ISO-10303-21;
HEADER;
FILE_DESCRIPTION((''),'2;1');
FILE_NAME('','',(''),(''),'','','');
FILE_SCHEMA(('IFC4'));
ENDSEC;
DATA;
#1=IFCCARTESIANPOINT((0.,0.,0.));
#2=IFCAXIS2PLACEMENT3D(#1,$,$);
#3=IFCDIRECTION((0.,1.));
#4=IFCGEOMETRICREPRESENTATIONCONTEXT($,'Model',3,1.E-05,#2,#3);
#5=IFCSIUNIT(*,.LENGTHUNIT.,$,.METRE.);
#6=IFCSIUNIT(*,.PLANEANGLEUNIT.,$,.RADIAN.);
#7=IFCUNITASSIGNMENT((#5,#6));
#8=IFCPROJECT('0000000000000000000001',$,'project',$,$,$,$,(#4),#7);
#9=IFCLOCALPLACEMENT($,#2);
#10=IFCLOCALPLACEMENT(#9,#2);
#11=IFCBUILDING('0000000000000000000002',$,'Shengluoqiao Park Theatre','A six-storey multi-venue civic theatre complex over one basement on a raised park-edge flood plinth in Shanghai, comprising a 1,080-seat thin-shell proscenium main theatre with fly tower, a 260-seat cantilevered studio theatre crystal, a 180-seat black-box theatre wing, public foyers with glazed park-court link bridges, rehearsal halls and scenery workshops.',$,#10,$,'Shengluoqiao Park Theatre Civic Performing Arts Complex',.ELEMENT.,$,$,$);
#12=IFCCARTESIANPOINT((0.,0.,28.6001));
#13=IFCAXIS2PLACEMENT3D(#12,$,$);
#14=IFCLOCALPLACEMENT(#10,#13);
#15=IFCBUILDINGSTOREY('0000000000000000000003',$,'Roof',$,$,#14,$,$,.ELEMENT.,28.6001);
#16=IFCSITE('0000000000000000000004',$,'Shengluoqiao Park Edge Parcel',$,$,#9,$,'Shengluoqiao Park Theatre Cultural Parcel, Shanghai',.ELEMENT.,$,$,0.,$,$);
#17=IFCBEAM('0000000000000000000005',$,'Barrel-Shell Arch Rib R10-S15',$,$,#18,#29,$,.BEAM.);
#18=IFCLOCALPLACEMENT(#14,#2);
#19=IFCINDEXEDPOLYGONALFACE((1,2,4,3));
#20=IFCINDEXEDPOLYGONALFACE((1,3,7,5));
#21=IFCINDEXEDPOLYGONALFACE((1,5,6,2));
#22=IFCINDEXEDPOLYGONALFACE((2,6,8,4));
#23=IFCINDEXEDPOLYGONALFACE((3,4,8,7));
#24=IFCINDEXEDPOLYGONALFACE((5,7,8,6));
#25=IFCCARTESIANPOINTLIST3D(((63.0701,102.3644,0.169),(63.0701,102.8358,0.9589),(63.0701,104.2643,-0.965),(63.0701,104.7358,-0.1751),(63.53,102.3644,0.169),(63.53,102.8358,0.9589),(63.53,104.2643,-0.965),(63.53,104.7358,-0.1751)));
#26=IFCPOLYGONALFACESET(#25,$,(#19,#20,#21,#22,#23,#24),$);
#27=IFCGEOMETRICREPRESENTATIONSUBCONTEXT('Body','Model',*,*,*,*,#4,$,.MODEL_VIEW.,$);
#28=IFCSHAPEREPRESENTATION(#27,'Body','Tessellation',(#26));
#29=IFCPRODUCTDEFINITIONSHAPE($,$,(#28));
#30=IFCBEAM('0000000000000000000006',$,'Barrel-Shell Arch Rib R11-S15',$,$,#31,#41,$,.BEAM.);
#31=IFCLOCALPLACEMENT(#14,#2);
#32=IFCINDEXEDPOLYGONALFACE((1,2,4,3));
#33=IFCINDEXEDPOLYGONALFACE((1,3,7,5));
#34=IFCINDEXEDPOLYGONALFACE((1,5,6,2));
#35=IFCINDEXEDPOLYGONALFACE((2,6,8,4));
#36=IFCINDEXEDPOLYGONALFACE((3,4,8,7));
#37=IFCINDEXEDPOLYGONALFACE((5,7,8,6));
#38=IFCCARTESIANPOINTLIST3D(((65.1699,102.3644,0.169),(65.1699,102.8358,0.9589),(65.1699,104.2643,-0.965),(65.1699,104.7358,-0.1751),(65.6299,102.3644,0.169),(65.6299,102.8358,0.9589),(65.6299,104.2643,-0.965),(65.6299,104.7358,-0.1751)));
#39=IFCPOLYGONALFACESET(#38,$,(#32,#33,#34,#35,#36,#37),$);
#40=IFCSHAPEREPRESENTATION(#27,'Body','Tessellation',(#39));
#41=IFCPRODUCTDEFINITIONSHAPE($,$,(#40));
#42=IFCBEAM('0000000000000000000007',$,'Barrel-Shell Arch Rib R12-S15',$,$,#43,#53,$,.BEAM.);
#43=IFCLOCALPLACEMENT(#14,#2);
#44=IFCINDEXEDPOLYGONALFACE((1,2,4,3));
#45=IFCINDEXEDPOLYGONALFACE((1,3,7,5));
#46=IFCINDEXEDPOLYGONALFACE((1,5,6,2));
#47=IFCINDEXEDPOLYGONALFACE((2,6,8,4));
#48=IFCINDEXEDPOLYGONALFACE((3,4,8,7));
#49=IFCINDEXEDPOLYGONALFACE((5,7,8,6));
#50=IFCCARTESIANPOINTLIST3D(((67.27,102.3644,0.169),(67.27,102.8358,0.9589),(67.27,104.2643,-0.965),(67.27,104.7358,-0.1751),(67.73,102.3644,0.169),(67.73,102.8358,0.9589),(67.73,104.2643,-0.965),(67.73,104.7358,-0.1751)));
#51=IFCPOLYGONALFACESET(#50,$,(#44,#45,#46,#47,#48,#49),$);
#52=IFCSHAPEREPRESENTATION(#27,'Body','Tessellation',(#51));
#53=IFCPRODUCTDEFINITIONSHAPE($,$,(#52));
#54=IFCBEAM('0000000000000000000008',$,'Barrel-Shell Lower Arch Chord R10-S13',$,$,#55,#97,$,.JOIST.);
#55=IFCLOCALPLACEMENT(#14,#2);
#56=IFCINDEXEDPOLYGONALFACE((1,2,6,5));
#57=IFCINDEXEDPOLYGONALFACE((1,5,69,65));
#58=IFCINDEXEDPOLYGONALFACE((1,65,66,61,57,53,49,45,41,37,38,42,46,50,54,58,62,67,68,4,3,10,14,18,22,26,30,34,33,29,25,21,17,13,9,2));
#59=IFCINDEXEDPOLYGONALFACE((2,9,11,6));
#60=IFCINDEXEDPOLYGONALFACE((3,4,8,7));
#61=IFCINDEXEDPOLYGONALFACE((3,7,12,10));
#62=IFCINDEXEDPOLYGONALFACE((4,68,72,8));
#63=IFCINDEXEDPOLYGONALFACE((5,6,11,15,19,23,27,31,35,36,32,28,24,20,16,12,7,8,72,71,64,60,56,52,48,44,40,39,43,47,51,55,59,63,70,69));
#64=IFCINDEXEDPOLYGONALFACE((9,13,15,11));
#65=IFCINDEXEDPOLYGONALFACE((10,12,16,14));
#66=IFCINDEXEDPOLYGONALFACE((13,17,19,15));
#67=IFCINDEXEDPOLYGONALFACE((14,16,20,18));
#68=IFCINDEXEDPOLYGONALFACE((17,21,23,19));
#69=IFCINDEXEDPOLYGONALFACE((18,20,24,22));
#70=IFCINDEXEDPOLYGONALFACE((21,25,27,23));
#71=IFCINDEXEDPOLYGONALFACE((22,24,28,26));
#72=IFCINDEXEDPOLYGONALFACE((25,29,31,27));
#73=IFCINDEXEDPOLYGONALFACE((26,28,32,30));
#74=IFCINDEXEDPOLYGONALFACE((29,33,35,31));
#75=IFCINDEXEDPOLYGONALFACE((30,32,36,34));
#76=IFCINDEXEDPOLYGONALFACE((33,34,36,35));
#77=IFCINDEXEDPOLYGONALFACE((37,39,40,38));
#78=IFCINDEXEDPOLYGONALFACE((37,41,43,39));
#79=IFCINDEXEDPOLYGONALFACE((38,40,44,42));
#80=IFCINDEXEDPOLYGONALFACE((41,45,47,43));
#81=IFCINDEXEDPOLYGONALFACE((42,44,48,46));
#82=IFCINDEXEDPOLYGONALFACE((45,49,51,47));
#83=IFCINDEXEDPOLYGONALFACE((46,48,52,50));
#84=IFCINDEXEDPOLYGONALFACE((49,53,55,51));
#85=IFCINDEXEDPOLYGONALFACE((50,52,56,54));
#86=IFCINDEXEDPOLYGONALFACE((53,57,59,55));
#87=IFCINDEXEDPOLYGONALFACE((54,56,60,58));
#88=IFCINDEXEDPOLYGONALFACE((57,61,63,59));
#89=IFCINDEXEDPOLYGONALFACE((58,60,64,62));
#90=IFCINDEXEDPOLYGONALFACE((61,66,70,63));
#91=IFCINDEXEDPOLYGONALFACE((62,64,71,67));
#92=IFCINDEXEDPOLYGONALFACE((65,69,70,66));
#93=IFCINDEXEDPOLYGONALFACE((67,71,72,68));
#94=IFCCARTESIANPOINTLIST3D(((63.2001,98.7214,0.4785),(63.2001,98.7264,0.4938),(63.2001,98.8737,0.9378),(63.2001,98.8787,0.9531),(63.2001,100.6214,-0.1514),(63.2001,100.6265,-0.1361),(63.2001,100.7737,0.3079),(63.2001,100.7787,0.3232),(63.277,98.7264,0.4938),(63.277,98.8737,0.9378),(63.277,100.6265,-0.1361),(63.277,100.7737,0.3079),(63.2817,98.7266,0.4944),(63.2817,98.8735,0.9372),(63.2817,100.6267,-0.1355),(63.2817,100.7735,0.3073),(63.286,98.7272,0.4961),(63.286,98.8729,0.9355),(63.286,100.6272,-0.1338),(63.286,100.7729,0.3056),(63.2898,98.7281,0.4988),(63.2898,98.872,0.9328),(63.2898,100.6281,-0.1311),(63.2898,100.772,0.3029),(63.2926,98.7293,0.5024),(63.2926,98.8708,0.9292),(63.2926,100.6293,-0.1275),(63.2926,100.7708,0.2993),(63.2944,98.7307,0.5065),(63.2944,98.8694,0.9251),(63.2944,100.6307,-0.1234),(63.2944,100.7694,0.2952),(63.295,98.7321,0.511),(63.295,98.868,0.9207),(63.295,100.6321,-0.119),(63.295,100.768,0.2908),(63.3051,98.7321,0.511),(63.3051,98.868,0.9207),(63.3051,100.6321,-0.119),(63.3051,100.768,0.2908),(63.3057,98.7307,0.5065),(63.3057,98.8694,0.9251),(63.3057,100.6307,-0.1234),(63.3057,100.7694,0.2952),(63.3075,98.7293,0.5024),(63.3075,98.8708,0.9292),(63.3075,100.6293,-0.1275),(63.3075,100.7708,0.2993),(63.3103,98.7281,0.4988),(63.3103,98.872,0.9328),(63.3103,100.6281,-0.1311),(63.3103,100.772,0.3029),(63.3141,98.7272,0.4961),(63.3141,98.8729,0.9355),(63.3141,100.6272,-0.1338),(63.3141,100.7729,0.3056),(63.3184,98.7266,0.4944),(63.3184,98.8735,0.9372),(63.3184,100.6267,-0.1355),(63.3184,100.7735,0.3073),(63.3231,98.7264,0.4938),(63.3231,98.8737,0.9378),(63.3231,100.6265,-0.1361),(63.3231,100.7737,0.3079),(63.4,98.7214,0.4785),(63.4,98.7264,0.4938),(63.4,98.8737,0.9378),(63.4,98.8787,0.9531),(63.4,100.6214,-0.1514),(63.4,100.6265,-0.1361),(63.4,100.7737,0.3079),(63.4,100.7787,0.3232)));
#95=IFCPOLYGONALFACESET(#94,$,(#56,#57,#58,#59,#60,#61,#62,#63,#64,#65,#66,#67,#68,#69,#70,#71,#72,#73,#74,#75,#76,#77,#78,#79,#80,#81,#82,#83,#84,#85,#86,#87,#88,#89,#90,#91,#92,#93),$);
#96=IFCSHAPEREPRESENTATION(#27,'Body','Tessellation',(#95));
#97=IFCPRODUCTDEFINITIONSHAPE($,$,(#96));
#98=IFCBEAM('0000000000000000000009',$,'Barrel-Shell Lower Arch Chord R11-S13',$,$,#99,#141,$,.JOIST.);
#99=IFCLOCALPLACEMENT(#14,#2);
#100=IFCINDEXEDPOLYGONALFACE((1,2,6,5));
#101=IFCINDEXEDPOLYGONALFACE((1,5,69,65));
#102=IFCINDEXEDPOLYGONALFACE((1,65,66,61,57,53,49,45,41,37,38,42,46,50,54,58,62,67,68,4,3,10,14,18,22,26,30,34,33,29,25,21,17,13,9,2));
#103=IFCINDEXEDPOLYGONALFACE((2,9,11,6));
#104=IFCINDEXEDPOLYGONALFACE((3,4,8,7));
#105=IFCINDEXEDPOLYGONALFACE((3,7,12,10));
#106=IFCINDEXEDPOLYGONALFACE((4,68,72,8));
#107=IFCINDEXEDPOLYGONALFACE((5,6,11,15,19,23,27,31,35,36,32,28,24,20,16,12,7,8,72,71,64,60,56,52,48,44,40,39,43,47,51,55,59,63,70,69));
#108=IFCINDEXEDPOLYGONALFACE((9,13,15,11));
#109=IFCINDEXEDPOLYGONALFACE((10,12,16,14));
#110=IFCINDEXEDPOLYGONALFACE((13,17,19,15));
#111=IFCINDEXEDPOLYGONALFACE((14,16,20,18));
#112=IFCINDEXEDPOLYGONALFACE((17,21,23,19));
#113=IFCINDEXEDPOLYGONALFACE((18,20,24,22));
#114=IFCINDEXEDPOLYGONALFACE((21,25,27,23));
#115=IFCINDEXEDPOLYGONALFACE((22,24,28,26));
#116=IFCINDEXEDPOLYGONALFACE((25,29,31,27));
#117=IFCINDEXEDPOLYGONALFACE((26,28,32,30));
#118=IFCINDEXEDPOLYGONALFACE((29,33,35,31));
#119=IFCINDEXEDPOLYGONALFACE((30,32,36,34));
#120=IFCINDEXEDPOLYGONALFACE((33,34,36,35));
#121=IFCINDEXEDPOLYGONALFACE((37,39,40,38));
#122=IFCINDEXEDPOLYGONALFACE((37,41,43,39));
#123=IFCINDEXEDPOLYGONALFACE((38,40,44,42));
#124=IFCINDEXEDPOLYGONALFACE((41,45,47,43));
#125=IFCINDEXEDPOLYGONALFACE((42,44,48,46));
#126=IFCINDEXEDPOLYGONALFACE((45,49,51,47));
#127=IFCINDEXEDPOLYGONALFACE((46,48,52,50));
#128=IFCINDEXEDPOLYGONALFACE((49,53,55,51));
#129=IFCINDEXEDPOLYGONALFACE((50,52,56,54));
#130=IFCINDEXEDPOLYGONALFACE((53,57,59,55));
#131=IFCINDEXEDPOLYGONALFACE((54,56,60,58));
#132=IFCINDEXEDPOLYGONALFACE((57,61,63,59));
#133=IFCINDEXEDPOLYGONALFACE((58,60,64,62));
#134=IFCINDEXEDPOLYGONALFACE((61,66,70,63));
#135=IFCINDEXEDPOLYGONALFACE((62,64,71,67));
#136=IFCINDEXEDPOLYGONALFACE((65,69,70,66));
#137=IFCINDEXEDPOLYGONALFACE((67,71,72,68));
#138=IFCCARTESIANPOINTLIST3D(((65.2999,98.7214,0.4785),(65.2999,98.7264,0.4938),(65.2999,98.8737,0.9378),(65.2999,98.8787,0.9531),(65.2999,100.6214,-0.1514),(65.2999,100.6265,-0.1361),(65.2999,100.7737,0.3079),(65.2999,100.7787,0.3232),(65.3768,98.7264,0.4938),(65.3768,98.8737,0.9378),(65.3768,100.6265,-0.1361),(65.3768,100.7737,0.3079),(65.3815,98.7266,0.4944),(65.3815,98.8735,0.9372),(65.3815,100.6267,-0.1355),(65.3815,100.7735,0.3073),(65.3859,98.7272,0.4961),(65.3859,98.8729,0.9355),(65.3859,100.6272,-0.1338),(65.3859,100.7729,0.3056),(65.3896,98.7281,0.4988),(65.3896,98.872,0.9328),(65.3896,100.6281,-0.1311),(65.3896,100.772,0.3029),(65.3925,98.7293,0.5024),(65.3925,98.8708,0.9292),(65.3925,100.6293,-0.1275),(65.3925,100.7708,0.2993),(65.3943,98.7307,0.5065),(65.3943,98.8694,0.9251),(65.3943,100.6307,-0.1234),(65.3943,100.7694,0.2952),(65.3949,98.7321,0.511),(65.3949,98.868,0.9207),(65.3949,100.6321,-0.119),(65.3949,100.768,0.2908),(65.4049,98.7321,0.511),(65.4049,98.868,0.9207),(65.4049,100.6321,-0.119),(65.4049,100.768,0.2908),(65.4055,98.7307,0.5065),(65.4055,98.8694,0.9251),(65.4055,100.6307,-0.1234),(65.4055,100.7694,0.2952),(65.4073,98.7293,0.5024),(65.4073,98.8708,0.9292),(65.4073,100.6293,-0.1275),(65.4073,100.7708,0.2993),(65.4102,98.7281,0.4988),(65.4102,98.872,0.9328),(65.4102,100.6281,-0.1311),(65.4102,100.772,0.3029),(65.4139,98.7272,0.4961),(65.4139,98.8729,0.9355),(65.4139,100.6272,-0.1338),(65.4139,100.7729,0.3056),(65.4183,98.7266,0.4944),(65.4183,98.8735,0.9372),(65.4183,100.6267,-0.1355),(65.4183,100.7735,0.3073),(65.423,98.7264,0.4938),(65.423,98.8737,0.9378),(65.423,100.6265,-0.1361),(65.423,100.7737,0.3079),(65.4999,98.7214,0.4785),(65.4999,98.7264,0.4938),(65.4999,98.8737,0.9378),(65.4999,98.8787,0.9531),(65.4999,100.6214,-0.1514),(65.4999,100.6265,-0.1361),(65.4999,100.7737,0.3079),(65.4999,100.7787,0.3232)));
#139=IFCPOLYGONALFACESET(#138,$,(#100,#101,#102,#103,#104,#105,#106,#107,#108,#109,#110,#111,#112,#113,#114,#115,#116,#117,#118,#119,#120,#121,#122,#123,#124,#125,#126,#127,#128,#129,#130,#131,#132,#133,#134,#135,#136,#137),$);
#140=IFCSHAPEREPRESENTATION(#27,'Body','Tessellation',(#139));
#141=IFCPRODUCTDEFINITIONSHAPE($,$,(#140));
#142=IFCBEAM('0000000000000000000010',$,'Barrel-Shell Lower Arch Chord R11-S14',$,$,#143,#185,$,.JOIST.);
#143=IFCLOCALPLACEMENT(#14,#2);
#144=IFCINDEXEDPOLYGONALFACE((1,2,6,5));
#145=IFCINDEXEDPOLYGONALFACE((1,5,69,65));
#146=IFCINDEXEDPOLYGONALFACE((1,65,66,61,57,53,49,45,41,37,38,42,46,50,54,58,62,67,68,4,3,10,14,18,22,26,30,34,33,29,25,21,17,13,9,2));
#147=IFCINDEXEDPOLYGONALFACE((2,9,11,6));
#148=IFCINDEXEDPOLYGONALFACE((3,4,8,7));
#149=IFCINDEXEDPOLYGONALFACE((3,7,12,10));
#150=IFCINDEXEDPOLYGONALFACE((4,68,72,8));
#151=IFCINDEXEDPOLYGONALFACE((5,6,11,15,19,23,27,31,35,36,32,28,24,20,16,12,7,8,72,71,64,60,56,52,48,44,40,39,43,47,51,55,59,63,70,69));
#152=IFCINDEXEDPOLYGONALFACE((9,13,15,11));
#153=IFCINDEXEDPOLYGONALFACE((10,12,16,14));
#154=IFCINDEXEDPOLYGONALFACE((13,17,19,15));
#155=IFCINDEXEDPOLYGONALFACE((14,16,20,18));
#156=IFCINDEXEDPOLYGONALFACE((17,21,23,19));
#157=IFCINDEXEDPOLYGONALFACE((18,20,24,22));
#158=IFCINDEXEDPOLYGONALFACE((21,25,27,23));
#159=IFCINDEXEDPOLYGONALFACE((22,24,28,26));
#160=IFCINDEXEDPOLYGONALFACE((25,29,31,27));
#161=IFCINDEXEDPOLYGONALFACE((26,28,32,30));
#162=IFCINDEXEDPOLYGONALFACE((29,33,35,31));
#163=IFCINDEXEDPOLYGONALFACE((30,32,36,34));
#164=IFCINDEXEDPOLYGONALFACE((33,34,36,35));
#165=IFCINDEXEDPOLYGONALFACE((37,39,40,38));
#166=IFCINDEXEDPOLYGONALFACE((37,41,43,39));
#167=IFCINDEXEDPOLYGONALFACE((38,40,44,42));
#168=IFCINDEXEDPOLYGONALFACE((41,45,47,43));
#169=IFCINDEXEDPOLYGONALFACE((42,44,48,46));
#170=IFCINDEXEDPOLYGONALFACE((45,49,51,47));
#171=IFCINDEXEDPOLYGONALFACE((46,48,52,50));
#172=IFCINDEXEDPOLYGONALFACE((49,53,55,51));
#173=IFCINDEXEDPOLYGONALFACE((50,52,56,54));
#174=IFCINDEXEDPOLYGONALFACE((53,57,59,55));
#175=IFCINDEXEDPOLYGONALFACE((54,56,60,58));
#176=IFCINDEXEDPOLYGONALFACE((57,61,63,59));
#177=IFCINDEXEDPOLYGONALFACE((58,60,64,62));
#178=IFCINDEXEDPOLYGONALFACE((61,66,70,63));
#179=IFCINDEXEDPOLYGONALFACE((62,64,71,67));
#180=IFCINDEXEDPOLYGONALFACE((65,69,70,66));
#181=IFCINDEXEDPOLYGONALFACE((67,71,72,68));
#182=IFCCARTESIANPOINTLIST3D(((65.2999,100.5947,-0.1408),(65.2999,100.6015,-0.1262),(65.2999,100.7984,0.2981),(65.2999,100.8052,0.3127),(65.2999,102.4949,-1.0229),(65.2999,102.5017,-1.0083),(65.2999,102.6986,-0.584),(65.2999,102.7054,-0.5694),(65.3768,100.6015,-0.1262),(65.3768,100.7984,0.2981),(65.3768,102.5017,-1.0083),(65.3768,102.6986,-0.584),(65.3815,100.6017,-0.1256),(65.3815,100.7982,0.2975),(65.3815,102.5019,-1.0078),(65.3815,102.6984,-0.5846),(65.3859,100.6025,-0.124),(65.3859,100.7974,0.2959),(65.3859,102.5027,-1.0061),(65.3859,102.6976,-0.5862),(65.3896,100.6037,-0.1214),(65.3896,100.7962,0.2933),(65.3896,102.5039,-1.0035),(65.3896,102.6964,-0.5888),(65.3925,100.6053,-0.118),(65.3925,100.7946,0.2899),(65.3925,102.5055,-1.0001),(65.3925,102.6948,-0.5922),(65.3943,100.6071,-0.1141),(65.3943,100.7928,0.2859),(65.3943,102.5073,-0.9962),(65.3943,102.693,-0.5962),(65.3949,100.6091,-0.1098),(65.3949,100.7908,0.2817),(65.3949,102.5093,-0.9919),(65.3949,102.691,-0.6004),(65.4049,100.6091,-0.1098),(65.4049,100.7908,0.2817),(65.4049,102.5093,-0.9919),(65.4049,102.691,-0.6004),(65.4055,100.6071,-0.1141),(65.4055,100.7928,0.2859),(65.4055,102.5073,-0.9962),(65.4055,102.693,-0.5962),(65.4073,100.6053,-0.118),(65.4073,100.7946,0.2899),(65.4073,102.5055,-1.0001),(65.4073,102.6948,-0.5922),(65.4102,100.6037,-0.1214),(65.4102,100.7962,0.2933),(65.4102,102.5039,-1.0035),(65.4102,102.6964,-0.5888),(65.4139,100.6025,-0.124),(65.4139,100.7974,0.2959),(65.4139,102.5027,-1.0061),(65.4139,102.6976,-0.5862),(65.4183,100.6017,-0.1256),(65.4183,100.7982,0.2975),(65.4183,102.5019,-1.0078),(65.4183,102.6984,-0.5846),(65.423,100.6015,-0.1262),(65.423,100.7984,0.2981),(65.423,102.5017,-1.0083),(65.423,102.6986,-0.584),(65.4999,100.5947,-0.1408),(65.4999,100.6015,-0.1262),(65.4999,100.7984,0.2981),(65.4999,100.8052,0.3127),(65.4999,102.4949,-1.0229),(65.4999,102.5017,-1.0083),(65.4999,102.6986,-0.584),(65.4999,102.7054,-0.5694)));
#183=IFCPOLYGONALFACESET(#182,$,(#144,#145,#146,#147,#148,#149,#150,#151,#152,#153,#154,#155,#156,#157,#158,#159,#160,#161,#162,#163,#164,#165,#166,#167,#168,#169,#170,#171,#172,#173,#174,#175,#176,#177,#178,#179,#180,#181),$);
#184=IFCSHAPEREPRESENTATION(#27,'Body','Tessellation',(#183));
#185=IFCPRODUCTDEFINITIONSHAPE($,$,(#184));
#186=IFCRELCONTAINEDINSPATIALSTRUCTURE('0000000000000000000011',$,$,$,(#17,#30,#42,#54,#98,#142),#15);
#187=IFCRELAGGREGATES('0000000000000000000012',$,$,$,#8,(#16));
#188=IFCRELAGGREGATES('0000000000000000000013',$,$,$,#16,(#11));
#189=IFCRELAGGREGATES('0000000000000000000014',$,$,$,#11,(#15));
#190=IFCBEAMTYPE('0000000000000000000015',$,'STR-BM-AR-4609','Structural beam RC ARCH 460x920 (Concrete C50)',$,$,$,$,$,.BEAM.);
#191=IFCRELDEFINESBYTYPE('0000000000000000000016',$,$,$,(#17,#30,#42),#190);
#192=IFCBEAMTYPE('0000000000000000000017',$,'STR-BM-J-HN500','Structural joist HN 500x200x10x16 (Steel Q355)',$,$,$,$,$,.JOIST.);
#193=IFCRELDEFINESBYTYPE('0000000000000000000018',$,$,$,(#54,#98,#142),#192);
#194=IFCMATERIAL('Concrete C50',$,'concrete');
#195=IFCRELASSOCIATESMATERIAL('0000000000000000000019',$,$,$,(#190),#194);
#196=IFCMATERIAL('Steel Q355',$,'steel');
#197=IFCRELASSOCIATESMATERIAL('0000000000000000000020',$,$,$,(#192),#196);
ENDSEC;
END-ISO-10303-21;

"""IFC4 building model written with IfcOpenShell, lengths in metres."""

from ifc_helpers import new_model, si_unit, direction, frame, origin, origin_2d, place, context, subcontext, project, spatial, rectangle, i_section, extrude, material, material_profile, profile_set, type_object, element, save


model = new_model("IFC4")

# Units and contexts
model_context = context("Model", 3, precision=1e-05, world=origin(), true_north=direction((0.0, 1.0)))
body_context = subcontext(model_context, "Body", "Model", "MODEL_VIEW")
ifc_project = project(units=[si_unit("LENGTHUNIT", "METRE"), si_unit("PLANEANGLEUNIT", "RADIAN")], contexts=[model_context])

# Site, building, storey
site_placement = place(None, origin())
site = spatial("IfcSite", under=ifc_project, at=site_placement, Name="Shengluoqiao Park Edge Parcel", LongName="Shengluoqiao Park Theatre Cultural Parcel, Shanghai", CompositionType="ELEMENT", RefElevation=0.0)
building_placement = place(site_placement, origin())
building = spatial("IfcBuilding", under=site, at=building_placement, Name="Shengluoqiao Park Theatre", Description="A six-storey multi-venue civic theatre complex over one basement on a raised park-edge flood plinth in Shanghai, comprising a 1,080-seat thin-shell proscenium main theatre with fly tower, a 260-seat cantilevered studio theatre crystal, a 180-seat black-box theatre wing, public foyers with glazed park-court link bridges, rehearsal halls and scenery workshops.", LongName="Shengluoqiao Park Theatre Civic Performing Arts Complex", CompositionType="ELEMENT")
storey_placement = place(building_placement, frame((0.0, 0.0, 28.6001)))
storey = spatial("IfcBuildingStorey", under=building, at=storey_placement, Name="Roof", CompositionType="ELEMENT", Elevation=28.6001)

# Beams
ifc_material_1 = material(Name="Concrete C50", Category="concrete")
ifc_material_profile_1 = material_profile(ifc_material_1, rectangle(XDim=0.46, YDim=0.9199, at=origin_2d()), Name="RC ARCH 460x920")
ifc_profile_set_1 = profile_set([ifc_material_profile_1], Name="Concrete C50")
beam_type_1 = type_object("IfcBeamType", Name="STR-BM-AR-4609", Description="Structural beam RC ARCH 460x920 (Concrete C50)", PredefinedType="BEAM", material=ifc_profile_set_1)
for number, where, z_axis, x_axis, name in (
    (1, (63.3, 102.6001, 0.564), (0.0, 0.858669, -0.512531), (-1.0, 0.0, 0.0), "Barrel-Shell Arch Rib R10-S15"),
    (2, (65.3999, 102.6001, 0.564), (0.0, 0.858669, -0.512531), (-1.0, 0.0, 0.0), "Barrel-Shell Arch Rib R11-S15"),
    (3, (67.5, 102.6001, 0.564), (0.0, 0.858669, -0.512531), (-1.0, 0.0, 0.0), "Barrel-Shell Arch Rib R12-S15"),
):
    element("IfcBeam", number, at=place(storey_placement, frame(where, z_axis=z_axis, x_axis=x_axis)), inside=storey, type_object=beam_type_1, Name=name, PredefinedType="BEAM", context=body_context, shape_type="SweptSolid", body=[
        extrude(rectangle(XDim=0.46, YDim=0.9199, at=origin_2d()), origin(), (0.0, 0.0, 1.0), 2.2126),
    ])
ifc_material_2 = material(Name="Steel Q355", Category="steel")
ifc_material_profile_2 = material_profile(ifc_material_2, i_section(OverallWidth=0.2, OverallDepth=0.5, WebThickness=0.01, FlangeThickness=0.0161, FilletRadius=0.0181, at=origin_2d()), Name="HN 500x200x10x16")
ifc_profile_set_2 = profile_set([ifc_material_profile_2], Name="Steel Q355")
beam_type_2 = type_object("IfcBeamType", Name="STR-BM-J-HN500", Description="Structural joist HN 500x200x10x16 (Steel Q355)", PredefinedType="JOIST", material=ifc_profile_set_2)
for number, where, z_axis, x_axis, name in (
    (4, (63.3, 98.8, 0.7158), (0.0, 0.949194, -0.31469), (-1.0, 0.0, 0.0), "Barrel-Shell Lower Arch Chord R10-S13"),
    (5, (65.3999, 98.8, 0.7158), (0.0, 0.949194, -0.31469), (-1.0, 0.0, 0.0), "Barrel-Shell Lower Arch Chord R11-S13"),
):
    element("IfcBeam", number, at=place(storey_placement, frame(where, z_axis=z_axis, x_axis=x_axis)), inside=storey, type_object=beam_type_2, Name=name, PredefinedType="JOIST", context=body_context, shape_type="SweptSolid", body=[
        extrude(i_section(OverallWidth=0.2, OverallDepth=0.5, WebThickness=0.01, FlangeThickness=0.0161, FilletRadius=0.0181, at=origin_2d()), origin(), (0.0, 0.0, 1.0), 2.0017),
    ])
beam_1_placement = place(storey_placement, frame((65.3999, 100.7, 0.0859), z_axis=(0.0, 0.907033, -0.42106), x_axis=(-1.0, 0.0, 0.0)))
element("IfcBeam", 6, at=beam_1_placement, inside=storey, type_object=beam_type_2, Name="Barrel-Shell Lower Arch Chord R11-S14", PredefinedType="JOIST", context=body_context, shape_type="SweptSolid", body=[
    extrude(i_section(OverallWidth=0.2, OverallDepth=0.5, WebThickness=0.01, FlangeThickness=0.0161, FilletRadius=0.0181, at=origin_2d()), origin(), (0.0, 0.0, 1.0), 2.095),
])

save(model, "model.ifc")
